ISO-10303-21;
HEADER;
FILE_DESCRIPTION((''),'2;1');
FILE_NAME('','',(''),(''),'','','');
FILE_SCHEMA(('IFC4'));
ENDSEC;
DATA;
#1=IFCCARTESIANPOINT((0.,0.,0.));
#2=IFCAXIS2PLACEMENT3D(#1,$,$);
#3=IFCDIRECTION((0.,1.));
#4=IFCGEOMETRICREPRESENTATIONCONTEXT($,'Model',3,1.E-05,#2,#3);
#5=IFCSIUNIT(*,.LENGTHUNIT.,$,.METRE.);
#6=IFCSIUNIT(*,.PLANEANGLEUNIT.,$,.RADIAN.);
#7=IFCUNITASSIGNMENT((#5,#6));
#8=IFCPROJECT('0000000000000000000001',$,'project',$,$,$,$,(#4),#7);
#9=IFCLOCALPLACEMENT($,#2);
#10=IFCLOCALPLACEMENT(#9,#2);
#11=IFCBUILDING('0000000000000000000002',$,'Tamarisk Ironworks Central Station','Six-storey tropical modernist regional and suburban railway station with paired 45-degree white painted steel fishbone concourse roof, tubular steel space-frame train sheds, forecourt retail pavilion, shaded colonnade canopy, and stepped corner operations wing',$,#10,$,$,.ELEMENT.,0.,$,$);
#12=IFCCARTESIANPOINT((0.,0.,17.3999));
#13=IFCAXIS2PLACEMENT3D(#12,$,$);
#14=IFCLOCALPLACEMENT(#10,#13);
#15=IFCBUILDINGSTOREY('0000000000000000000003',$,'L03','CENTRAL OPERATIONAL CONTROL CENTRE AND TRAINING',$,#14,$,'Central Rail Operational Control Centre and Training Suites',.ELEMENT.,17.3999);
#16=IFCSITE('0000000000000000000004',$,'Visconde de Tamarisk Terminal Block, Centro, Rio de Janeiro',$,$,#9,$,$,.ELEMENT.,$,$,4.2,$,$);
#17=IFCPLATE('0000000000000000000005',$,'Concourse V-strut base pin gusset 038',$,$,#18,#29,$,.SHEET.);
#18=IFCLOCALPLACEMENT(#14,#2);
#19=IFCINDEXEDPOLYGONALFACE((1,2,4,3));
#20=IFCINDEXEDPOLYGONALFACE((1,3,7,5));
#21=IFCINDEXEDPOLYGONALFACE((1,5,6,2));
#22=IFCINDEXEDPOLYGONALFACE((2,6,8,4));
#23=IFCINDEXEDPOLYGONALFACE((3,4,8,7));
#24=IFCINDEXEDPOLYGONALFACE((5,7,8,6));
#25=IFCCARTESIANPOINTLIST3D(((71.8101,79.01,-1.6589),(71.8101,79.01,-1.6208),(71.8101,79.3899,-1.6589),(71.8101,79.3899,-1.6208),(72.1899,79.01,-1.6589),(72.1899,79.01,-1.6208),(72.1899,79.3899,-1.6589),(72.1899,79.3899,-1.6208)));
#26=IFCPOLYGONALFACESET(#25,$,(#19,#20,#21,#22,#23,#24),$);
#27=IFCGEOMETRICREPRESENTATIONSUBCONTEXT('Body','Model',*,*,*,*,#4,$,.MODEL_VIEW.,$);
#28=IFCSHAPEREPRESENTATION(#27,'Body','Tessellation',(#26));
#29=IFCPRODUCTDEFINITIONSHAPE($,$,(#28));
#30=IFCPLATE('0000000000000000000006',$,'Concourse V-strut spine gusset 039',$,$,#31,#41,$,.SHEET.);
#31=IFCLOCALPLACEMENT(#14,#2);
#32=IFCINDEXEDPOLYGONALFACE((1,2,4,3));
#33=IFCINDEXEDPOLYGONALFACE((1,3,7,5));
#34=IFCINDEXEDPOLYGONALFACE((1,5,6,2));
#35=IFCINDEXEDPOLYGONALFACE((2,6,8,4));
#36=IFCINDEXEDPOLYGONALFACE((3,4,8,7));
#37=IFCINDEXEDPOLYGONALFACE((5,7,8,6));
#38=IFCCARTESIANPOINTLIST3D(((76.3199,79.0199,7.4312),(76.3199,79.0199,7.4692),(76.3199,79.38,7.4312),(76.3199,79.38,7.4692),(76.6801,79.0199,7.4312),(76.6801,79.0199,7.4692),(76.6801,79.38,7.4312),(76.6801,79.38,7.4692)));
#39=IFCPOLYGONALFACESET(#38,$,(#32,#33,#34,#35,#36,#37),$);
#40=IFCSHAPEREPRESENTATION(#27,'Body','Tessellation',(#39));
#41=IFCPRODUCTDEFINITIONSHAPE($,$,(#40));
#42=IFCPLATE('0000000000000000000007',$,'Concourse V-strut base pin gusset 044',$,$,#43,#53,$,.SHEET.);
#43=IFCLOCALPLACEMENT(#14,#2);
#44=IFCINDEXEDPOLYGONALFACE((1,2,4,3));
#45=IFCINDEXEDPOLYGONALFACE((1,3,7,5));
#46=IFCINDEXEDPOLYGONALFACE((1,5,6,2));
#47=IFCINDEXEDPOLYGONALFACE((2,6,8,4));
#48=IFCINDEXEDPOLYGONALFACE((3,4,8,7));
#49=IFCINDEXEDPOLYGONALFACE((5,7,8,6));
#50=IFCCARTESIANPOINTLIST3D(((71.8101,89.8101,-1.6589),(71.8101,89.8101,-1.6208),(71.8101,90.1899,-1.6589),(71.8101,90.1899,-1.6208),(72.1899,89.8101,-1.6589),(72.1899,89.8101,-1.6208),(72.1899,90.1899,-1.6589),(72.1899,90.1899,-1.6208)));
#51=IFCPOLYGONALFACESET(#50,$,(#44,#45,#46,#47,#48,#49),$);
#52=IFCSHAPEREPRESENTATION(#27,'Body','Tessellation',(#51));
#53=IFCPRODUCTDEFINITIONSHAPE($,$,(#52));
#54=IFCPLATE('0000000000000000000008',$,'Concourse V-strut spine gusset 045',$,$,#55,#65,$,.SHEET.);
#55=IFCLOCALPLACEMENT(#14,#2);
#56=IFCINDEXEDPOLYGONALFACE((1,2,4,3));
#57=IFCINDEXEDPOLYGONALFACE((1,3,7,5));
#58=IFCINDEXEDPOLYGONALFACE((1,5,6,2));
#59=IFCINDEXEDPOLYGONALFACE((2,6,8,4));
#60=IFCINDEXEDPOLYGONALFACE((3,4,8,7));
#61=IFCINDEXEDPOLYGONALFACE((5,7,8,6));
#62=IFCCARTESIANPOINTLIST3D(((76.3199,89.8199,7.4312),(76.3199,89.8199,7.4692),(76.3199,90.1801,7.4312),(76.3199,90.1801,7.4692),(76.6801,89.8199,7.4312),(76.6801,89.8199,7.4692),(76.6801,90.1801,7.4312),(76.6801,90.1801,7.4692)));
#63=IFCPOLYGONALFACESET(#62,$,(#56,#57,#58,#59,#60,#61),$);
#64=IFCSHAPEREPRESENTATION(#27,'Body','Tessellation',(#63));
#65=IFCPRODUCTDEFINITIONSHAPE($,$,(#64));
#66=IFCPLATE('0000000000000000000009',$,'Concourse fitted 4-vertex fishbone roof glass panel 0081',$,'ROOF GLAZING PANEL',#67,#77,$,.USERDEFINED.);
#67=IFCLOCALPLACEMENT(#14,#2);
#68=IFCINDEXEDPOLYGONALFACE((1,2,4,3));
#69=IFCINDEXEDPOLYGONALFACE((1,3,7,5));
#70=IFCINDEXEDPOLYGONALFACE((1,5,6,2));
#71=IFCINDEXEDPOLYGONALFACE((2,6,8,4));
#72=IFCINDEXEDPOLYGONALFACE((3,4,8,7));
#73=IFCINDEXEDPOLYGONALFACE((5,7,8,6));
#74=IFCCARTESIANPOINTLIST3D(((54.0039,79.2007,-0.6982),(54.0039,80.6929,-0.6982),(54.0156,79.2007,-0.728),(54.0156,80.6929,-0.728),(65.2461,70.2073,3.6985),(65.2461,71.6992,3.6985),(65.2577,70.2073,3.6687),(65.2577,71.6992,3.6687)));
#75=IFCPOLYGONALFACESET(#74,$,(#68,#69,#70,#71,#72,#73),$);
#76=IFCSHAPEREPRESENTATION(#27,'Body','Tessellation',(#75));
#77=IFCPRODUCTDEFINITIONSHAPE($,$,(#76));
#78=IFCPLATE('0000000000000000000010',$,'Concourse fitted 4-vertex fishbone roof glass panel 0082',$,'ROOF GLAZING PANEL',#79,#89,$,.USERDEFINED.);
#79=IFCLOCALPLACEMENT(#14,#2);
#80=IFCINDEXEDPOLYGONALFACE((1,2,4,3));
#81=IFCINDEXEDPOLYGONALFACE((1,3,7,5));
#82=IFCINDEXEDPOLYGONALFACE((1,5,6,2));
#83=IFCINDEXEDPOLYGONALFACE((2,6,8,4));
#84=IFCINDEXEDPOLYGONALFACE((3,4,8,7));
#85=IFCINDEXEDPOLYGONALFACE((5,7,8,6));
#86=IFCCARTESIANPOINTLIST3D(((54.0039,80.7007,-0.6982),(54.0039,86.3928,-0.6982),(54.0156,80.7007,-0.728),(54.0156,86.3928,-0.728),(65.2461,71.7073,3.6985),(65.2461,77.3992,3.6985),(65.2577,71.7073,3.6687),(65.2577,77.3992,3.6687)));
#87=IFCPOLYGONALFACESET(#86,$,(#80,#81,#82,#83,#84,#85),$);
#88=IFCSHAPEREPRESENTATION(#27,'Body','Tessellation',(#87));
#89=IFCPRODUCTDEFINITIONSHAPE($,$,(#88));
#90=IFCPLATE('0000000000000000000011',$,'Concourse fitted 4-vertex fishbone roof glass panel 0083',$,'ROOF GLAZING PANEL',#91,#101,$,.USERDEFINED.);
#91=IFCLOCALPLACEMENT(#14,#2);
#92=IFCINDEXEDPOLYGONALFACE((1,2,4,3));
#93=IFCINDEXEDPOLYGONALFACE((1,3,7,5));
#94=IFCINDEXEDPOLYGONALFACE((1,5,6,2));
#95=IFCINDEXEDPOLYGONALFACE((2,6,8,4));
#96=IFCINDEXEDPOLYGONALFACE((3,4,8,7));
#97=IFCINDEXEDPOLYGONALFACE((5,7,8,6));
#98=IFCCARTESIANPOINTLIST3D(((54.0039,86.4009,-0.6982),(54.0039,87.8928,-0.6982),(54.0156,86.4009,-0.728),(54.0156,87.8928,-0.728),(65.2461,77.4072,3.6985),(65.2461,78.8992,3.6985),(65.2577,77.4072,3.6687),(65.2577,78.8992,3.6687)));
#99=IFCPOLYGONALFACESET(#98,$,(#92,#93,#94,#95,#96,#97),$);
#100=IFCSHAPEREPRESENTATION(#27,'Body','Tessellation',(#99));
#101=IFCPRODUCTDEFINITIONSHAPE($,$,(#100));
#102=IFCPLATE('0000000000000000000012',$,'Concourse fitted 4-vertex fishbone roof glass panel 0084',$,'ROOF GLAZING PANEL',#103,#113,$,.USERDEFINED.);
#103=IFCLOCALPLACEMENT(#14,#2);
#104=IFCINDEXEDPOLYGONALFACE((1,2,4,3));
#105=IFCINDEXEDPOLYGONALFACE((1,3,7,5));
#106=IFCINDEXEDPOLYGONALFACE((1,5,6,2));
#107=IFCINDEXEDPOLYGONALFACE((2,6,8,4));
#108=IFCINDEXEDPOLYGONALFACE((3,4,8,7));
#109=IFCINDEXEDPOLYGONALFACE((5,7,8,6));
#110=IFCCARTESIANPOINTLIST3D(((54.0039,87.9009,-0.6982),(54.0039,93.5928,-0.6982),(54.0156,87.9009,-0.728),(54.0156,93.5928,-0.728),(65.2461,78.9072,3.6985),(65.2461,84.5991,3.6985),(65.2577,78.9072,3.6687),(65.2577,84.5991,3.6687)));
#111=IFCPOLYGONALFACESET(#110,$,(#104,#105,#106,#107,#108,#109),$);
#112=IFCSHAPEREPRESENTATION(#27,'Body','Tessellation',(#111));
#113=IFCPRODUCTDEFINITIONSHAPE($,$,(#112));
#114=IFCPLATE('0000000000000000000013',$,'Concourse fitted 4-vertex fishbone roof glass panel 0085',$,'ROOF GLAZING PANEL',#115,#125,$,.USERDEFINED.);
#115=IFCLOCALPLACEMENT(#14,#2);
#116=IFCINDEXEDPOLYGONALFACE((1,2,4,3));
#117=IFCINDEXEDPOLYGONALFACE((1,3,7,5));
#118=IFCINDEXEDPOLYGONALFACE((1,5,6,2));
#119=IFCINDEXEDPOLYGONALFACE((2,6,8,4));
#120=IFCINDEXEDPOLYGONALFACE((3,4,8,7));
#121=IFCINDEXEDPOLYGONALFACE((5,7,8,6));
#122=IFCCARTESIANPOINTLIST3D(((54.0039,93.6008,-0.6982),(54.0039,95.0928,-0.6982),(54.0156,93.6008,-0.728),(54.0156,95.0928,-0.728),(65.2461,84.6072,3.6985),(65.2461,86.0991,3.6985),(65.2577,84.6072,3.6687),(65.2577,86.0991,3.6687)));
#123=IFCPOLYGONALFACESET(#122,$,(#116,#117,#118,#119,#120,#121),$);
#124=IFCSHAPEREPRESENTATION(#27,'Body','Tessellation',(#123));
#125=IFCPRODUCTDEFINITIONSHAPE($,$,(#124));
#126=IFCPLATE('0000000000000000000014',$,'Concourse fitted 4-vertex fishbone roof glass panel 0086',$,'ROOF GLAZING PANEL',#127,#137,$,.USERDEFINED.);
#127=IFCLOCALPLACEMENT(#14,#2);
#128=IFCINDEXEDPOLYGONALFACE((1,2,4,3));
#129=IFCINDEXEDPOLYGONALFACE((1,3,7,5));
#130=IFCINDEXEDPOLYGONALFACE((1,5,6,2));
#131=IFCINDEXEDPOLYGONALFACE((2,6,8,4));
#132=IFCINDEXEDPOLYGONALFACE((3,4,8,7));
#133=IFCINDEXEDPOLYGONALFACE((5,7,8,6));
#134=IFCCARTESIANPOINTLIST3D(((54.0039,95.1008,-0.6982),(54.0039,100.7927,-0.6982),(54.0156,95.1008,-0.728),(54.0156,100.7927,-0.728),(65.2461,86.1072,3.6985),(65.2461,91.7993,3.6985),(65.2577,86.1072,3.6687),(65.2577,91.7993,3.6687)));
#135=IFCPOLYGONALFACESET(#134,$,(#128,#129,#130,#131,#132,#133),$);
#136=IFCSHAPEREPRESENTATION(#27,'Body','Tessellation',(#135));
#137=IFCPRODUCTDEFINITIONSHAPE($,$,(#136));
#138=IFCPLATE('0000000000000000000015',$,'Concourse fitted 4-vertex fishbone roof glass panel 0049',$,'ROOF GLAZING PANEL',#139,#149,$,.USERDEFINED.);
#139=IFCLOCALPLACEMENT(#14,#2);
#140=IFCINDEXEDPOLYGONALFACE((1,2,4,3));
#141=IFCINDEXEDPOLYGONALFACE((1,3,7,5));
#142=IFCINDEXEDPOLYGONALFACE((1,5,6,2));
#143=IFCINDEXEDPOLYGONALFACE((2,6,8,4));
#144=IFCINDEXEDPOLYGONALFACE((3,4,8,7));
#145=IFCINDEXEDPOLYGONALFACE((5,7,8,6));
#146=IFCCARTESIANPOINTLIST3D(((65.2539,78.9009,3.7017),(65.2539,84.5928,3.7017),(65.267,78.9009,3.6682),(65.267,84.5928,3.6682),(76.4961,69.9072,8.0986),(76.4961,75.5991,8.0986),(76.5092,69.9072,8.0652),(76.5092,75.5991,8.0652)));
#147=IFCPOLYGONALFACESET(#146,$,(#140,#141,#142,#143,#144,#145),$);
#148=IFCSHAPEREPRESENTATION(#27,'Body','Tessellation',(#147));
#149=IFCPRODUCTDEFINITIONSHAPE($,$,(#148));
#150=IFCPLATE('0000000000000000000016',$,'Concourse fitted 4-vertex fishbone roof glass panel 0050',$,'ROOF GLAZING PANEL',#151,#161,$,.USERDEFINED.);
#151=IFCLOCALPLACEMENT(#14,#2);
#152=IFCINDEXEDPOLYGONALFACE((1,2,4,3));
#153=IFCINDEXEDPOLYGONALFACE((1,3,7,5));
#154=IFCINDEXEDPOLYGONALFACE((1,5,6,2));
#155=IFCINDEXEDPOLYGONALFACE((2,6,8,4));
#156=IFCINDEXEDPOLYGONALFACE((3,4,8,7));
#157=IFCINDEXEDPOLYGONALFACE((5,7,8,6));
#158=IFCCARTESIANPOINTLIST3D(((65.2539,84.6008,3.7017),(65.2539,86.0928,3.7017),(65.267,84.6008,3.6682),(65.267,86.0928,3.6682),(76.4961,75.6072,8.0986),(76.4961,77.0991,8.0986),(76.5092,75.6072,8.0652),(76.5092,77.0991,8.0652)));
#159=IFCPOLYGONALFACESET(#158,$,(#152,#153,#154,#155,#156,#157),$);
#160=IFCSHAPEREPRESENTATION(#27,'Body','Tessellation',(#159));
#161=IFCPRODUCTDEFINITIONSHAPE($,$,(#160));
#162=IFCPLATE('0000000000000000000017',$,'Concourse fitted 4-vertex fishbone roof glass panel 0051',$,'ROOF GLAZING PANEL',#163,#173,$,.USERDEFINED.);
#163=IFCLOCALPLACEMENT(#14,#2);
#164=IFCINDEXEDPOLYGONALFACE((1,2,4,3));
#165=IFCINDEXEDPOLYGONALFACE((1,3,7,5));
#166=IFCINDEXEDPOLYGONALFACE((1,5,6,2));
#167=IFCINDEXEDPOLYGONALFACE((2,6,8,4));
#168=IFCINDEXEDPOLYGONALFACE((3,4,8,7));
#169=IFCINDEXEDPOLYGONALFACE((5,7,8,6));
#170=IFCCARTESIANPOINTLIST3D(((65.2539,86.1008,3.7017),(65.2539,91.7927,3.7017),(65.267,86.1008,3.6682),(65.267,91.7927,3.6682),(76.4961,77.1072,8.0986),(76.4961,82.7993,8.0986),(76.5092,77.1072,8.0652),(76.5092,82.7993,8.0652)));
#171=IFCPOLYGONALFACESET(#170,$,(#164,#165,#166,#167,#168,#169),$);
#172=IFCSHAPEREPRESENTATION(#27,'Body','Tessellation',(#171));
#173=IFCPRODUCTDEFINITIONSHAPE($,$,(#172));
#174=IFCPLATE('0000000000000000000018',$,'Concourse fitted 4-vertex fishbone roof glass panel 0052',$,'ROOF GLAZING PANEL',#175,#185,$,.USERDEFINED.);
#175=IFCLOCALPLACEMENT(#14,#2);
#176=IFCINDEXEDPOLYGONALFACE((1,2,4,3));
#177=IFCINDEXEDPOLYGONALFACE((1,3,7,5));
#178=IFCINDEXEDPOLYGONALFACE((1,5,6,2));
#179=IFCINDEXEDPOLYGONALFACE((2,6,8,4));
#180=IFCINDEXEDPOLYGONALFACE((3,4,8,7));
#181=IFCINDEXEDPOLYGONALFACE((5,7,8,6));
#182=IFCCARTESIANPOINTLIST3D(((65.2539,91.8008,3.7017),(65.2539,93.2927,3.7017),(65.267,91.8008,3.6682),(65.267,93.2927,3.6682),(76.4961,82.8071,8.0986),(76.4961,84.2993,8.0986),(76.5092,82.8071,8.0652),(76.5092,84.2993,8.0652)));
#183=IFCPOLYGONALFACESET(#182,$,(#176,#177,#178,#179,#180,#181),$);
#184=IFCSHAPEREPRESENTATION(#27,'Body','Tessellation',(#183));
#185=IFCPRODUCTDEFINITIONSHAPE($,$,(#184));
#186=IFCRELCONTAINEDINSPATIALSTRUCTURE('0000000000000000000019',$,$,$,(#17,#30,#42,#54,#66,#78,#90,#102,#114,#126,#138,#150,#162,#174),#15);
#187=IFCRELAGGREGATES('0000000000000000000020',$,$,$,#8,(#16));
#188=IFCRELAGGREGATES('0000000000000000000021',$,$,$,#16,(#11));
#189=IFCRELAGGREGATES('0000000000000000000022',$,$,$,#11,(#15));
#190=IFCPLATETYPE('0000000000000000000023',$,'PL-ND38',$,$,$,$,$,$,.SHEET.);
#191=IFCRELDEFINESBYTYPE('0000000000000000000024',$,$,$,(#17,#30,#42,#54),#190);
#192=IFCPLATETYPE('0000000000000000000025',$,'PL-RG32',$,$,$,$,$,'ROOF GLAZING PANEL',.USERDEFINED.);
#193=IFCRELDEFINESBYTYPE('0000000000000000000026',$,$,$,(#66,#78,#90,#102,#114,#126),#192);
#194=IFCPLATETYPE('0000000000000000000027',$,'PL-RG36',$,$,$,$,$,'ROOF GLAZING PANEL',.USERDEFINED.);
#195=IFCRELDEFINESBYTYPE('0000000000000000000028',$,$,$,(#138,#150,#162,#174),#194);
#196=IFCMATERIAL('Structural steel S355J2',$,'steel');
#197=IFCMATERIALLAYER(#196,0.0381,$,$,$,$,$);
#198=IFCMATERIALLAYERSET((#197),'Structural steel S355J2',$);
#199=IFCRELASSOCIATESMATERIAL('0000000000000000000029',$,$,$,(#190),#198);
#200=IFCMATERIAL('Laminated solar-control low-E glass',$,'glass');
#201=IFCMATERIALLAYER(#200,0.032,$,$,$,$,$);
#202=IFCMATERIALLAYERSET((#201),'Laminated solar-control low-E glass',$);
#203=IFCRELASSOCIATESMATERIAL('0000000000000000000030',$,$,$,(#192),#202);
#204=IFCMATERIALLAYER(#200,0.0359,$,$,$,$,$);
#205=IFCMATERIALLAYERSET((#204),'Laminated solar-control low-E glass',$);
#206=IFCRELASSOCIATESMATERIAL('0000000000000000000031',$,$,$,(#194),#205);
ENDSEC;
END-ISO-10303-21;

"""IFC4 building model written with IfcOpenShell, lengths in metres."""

from ifc_helpers import new_model, si_unit, direction, frame, origin, origin_2d, place, context, subcontext, project, spatial, polyline, rectangle, outline, extrude, material, layer, layer_set, type_object, element, save


model = new_model("IFC4")

# Units and contexts
model_context = context("Model", 3, precision=1e-05, world=origin(), true_north=direction((0.0, 1.0)))
body_context = subcontext(model_context, "Body", "Model", "MODEL_VIEW")
ifc_project = project(units=[si_unit("LENGTHUNIT", "METRE"), si_unit("PLANEANGLEUNIT", "RADIAN")], contexts=[model_context])

# Site, building, storey
site_placement = place(None, origin())
site = spatial("IfcSite", under=ifc_project, at=site_placement, Name="Visconde de Tamarisk Terminal Block, Centro, Rio de Janeiro", CompositionType="ELEMENT", RefElevation=4.2)
building_placement = place(site_placement, origin())
building = spatial("IfcBuilding", under=site, at=building_placement, Name="Tamarisk Ironworks Central Station", Description="Six-storey tropical modernist regional and suburban railway station with paired 45-degree white painted steel fishbone concourse roof, tubular steel space-frame train sheds, forecourt retail pavilion, shaded colonnade canopy, and stepped corner operations wing", CompositionType="ELEMENT", ElevationOfRefHeight=0.0)
storey_placement = place(building_placement, frame((0.0, 0.0, 17.3999)))
storey = spatial("IfcBuildingStorey", under=building, at=storey_placement, Name="L03", Description="CENTRAL OPERATIONAL CONTROL CENTRE AND TRAINING", LongName="Central Rail Operational Control Centre and Training Suites", CompositionType="ELEMENT", Elevation=17.3999)

# Shared definitions
ifc_material_1 = material(Name="Structural steel S355J2", Category="steel")

# Plates
ifc_layer_1 = layer(ifc_material_1, 0.0381)
ifc_layer_set_1 = layer_set([ifc_layer_1], Name="Structural steel S355J2")
plate_type_1 = type_object("IfcPlateType", Name="PL-ND38", PredefinedType="SHEET", material=ifc_layer_set_1)
plate_1_placement = place(storey_placement, frame((72.0, 79.2, -1.6589), z_axis=(0.0, 0.0, 1.0), x_axis=(1.0, 0.0, 0.0)))
element("IfcPlate", 1, at=plate_1_placement, inside=storey, type_object=plate_type_1, Name="Concourse V-strut base pin gusset 038", PredefinedType="SHEET", context=body_context, shape_type="SweptSolid", body=[
    extrude(rectangle(XDim=0.3799, YDim=0.3799, at=origin_2d()), origin(), (0.0, 0.0, 1.0), 0.0381),
])
plate_2_placement = place(storey_placement, frame((76.5, 79.2, 7.4312), z_axis=(0.0, 0.0, 1.0), x_axis=(1.0, 0.0, 0.0)))
element("IfcPlate", 2, at=plate_2_placement, inside=storey, type_object=plate_type_1, Name="Concourse V-strut spine gusset 039", PredefinedType="SHEET", context=body_context, shape_type="SweptSolid", body=[
    extrude(rectangle(XDim=0.3601, YDim=0.3601, at=origin_2d()), origin(), (0.0, 0.0, 1.0), 0.0381),
])
plate_3_placement = place(storey_placement, frame((72.0, 90.0, -1.6589), z_axis=(0.0, 0.0, 1.0), x_axis=(1.0, 0.0, 0.0)))
element("IfcPlate", 3, at=plate_3_placement, inside=storey, type_object=plate_type_1, Name="Concourse V-strut base pin gusset 044", PredefinedType="SHEET", context=body_context, shape_type="SweptSolid", body=[
    extrude(rectangle(XDim=0.3799, YDim=0.3799, at=origin_2d()), origin(), (0.0, 0.0, 1.0), 0.0381),
])
plate_4_placement = place(storey_placement, frame((76.5, 90.0, 7.4312), z_axis=(0.0, 0.0, 1.0), x_axis=(1.0, 0.0, 0.0)))
element("IfcPlate", 4, at=plate_4_placement, inside=storey, type_object=plate_type_1, Name="Concourse V-strut spine gusset 045", PredefinedType="SHEET", context=body_context, shape_type="SweptSolid", body=[
    extrude(rectangle(XDim=0.3601, YDim=0.3601, at=origin_2d()), origin(), (0.0, 0.0, 1.0), 0.0381),
])
ifc_material_2 = material(Name="Laminated solar-control low-E glass", Category="glass")
ifc_layer_2 = layer(ifc_material_2, 0.032)
ifc_layer_set_2 = layer_set([ifc_layer_2], Name="Laminated solar-control low-E glass")
plate_type_2 = type_object("IfcPlateType", Name="PL-RG32", ElementType="ROOF GLAZING PANEL", PredefinedType="USERDEFINED", material=ifc_layer_set_2)
plate_5_placement = place(storey_placement, frame((65.2461, 70.2073, 3.6985), z_axis=(-0.364228, 0.0, 0.93131), x_axis=(0.0, 1.0, 0.0)))
element("IfcPlate", 5, at=plate_5_placement, inside=storey, type_object=plate_type_2, Name="Concourse fitted 4-vertex fishbone roof glass panel 0081", ObjectType="ROOF GLAZING PANEL", PredefinedType="USERDEFINED", context=body_context, shape_type="SweptSolid", body=[
    extrude(outline(polyline([(0.0, 0.0), (1.4919, 0.0), (10.4856, 12.0714), (8.9934, 12.0714), (0.0, 0.0)])), origin(), (0.0, 0.0, -1.0), 0.032),
])
plate_6_placement = place(storey_placement, frame((65.2461, 71.7073, 3.6985), z_axis=(-0.364228, 0.0, 0.93131), x_axis=(0.0, 1.0, 0.0)))
element("IfcPlate", 6, at=plate_6_placement, inside=storey, type_object=plate_type_2, Name="Concourse fitted 4-vertex fishbone roof glass panel 0082", ObjectType="ROOF GLAZING PANEL", PredefinedType="USERDEFINED", context=body_context, shape_type="SweptSolid", body=[
    extrude(outline(polyline([(0.0, 0.0), (5.6919, 0.0), (14.6855, 12.0714), (8.9934, 12.0714), (0.0, 0.0)])), origin(), (0.0, 0.0, -1.0), 0.032),
])
plate_7_placement = place(storey_placement, frame((65.2461, 77.4072, 3.6985), z_axis=(-0.364228, 0.0, 0.93131), x_axis=(0.0, 1.0, 0.0)))
element("IfcPlate", 7, at=plate_7_placement, inside=storey, type_object=plate_type_2, Name="Concourse fitted 4-vertex fishbone roof glass panel 0083", ObjectType="ROOF GLAZING PANEL", PredefinedType="USERDEFINED", context=body_context, shape_type="SweptSolid", body=[
    extrude(outline(polyline([(0.0, 0.0), (1.4919, 0.0), (10.4856, 12.0714), (8.9937, 12.0714), (0.0, 0.0)])), origin(), (0.0, 0.0, -1.0), 0.032),
])
plate_8_placement = place(storey_placement, frame((65.2461, 78.9072, 3.6985), z_axis=(-0.364228, 0.0, 0.93131), x_axis=(0.0, 1.0, 0.0)))
element("IfcPlate", 8, at=plate_8_placement, inside=storey, type_object=plate_type_2, Name="Concourse fitted 4-vertex fishbone roof glass panel 0084", ObjectType="ROOF GLAZING PANEL", PredefinedType="USERDEFINED", context=body_context, shape_type="SweptSolid", body=[
    extrude(outline(polyline([(0.0, 0.0), (5.6919, 0.0), (14.6855, 12.0714), (8.9937, 12.0714), (0.0, 0.0)])), origin(), (0.0, 0.0, -1.0), 0.032),
])
plate_9_placement = place(storey_placement, frame((65.2461, 84.6072, 3.6985), z_axis=(-0.364228, 0.0, 0.93131), x_axis=(0.0, 1.0, 0.0)))
element("IfcPlate", 9, at=plate_9_placement, inside=storey, type_object=plate_type_2, Name="Concourse fitted 4-vertex fishbone roof glass panel 0085", ObjectType="ROOF GLAZING PANEL", PredefinedType="USERDEFINED", context=body_context, shape_type="SweptSolid", body=[
    extrude(outline(polyline([(0.0, 0.0), (1.4919, 0.0), (10.4856, 12.0714), (8.9937, 12.0714), (0.0, 0.0)])), origin(), (0.0, 0.0, -1.0), 0.032),
])
plate_10_placement = place(storey_placement, frame((65.2461, 86.1072, 3.6985), z_axis=(-0.364228, 0.0, 0.93131), x_axis=(0.0, 1.0, 0.0)))
element("IfcPlate", 10, at=plate_10_placement, inside=storey, type_object=plate_type_2, Name="Concourse fitted 4-vertex fishbone roof glass panel 0086", ObjectType="ROOF GLAZING PANEL", PredefinedType="USERDEFINED", context=body_context, shape_type="SweptSolid", body=[
    extrude(outline(polyline([(0.0, 0.0), (5.6921, 0.0), (14.6855, 12.0714), (8.9937, 12.0714), (0.0, 0.0)])), origin(), (0.0, 0.0, -1.0), 0.032),
])
ifc_layer_3 = layer(ifc_material_2, 0.0359)
ifc_layer_set_3 = layer_set([ifc_layer_3], Name="Laminated solar-control low-E glass")
plate_type_3 = type_object("IfcPlateType", Name="PL-RG36", ElementType="ROOF GLAZING PANEL", PredefinedType="USERDEFINED", material=ifc_layer_set_3)
plate_11_placement = place(storey_placement, frame((76.4961, 69.9072, 8.0986), z_axis=(-0.364245, 0.0, 0.931303), x_axis=(0.0, 1.0, 0.0)))
element("IfcPlate", 11, at=plate_11_placement, inside=storey, type_object=plate_type_3, Name="Concourse fitted 4-vertex fishbone roof glass panel 0049", ObjectType="ROOF GLAZING PANEL", PredefinedType="USERDEFINED", context=body_context, shape_type="SweptSolid", body=[
    extrude(outline(polyline([(0.0, 0.0), (5.6919, 0.0), (14.6855, 12.0715), (8.9937, 12.0715), (0.0, 0.0)])), origin(), (0.0, 0.0, -1.0), 0.0359),
])
plate_12_placement = place(storey_placement, frame((76.4961, 75.6072, 8.0986), z_axis=(-0.364245, 0.0, 0.931303), x_axis=(0.0, 1.0, 0.0)))
element("IfcPlate", 12, at=plate_12_placement, inside=storey, type_object=plate_type_3, Name="Concourse fitted 4-vertex fishbone roof glass panel 0050", ObjectType="ROOF GLAZING PANEL", PredefinedType="USERDEFINED", context=body_context, shape_type="SweptSolid", body=[
    extrude(outline(polyline([(0.0, 0.0), (1.4919, 0.0), (10.4856, 12.0715), (8.9937, 12.0715), (0.0, 0.0)])), origin(), (0.0, 0.0, -1.0), 0.0359),
])
plate_13_placement = place(storey_placement, frame((76.4961, 77.1072, 8.0986), z_axis=(-0.364245, 0.0, 0.931303), x_axis=(0.0, 1.0, 0.0)))
element("IfcPlate", 13, at=plate_13_placement, inside=storey, type_object=plate_type_3, Name="Concourse fitted 4-vertex fishbone roof glass panel 0051", ObjectType="ROOF GLAZING PANEL", PredefinedType="USERDEFINED", context=body_context, shape_type="SweptSolid", body=[
    extrude(outline(polyline([(0.0, 0.0), (5.6921, 0.0), (14.6855, 12.0715), (8.9937, 12.0715), (0.0, 0.0)])), origin(), (0.0, 0.0, -1.0), 0.0359),
])
plate_14_placement = place(storey_placement, frame((76.4961, 82.8071, 8.0986), z_axis=(-0.364245, 0.0, 0.931303), x_axis=(0.0, 1.0, 0.0)))
element("IfcPlate", 14, at=plate_14_placement, inside=storey, type_object=plate_type_3, Name="Concourse fitted 4-vertex fishbone roof glass panel 0052", ObjectType="ROOF GLAZING PANEL", PredefinedType="USERDEFINED", context=body_context, shape_type="SweptSolid", body=[
    extrude(outline(polyline([(0.0, 0.0), (1.4922, 0.0), (10.4856, 12.0715), (8.9937, 12.0715), (0.0, 0.0)])), origin(), (0.0, 0.0, -1.0), 0.0359),
])

save(model, "model.ifc")
